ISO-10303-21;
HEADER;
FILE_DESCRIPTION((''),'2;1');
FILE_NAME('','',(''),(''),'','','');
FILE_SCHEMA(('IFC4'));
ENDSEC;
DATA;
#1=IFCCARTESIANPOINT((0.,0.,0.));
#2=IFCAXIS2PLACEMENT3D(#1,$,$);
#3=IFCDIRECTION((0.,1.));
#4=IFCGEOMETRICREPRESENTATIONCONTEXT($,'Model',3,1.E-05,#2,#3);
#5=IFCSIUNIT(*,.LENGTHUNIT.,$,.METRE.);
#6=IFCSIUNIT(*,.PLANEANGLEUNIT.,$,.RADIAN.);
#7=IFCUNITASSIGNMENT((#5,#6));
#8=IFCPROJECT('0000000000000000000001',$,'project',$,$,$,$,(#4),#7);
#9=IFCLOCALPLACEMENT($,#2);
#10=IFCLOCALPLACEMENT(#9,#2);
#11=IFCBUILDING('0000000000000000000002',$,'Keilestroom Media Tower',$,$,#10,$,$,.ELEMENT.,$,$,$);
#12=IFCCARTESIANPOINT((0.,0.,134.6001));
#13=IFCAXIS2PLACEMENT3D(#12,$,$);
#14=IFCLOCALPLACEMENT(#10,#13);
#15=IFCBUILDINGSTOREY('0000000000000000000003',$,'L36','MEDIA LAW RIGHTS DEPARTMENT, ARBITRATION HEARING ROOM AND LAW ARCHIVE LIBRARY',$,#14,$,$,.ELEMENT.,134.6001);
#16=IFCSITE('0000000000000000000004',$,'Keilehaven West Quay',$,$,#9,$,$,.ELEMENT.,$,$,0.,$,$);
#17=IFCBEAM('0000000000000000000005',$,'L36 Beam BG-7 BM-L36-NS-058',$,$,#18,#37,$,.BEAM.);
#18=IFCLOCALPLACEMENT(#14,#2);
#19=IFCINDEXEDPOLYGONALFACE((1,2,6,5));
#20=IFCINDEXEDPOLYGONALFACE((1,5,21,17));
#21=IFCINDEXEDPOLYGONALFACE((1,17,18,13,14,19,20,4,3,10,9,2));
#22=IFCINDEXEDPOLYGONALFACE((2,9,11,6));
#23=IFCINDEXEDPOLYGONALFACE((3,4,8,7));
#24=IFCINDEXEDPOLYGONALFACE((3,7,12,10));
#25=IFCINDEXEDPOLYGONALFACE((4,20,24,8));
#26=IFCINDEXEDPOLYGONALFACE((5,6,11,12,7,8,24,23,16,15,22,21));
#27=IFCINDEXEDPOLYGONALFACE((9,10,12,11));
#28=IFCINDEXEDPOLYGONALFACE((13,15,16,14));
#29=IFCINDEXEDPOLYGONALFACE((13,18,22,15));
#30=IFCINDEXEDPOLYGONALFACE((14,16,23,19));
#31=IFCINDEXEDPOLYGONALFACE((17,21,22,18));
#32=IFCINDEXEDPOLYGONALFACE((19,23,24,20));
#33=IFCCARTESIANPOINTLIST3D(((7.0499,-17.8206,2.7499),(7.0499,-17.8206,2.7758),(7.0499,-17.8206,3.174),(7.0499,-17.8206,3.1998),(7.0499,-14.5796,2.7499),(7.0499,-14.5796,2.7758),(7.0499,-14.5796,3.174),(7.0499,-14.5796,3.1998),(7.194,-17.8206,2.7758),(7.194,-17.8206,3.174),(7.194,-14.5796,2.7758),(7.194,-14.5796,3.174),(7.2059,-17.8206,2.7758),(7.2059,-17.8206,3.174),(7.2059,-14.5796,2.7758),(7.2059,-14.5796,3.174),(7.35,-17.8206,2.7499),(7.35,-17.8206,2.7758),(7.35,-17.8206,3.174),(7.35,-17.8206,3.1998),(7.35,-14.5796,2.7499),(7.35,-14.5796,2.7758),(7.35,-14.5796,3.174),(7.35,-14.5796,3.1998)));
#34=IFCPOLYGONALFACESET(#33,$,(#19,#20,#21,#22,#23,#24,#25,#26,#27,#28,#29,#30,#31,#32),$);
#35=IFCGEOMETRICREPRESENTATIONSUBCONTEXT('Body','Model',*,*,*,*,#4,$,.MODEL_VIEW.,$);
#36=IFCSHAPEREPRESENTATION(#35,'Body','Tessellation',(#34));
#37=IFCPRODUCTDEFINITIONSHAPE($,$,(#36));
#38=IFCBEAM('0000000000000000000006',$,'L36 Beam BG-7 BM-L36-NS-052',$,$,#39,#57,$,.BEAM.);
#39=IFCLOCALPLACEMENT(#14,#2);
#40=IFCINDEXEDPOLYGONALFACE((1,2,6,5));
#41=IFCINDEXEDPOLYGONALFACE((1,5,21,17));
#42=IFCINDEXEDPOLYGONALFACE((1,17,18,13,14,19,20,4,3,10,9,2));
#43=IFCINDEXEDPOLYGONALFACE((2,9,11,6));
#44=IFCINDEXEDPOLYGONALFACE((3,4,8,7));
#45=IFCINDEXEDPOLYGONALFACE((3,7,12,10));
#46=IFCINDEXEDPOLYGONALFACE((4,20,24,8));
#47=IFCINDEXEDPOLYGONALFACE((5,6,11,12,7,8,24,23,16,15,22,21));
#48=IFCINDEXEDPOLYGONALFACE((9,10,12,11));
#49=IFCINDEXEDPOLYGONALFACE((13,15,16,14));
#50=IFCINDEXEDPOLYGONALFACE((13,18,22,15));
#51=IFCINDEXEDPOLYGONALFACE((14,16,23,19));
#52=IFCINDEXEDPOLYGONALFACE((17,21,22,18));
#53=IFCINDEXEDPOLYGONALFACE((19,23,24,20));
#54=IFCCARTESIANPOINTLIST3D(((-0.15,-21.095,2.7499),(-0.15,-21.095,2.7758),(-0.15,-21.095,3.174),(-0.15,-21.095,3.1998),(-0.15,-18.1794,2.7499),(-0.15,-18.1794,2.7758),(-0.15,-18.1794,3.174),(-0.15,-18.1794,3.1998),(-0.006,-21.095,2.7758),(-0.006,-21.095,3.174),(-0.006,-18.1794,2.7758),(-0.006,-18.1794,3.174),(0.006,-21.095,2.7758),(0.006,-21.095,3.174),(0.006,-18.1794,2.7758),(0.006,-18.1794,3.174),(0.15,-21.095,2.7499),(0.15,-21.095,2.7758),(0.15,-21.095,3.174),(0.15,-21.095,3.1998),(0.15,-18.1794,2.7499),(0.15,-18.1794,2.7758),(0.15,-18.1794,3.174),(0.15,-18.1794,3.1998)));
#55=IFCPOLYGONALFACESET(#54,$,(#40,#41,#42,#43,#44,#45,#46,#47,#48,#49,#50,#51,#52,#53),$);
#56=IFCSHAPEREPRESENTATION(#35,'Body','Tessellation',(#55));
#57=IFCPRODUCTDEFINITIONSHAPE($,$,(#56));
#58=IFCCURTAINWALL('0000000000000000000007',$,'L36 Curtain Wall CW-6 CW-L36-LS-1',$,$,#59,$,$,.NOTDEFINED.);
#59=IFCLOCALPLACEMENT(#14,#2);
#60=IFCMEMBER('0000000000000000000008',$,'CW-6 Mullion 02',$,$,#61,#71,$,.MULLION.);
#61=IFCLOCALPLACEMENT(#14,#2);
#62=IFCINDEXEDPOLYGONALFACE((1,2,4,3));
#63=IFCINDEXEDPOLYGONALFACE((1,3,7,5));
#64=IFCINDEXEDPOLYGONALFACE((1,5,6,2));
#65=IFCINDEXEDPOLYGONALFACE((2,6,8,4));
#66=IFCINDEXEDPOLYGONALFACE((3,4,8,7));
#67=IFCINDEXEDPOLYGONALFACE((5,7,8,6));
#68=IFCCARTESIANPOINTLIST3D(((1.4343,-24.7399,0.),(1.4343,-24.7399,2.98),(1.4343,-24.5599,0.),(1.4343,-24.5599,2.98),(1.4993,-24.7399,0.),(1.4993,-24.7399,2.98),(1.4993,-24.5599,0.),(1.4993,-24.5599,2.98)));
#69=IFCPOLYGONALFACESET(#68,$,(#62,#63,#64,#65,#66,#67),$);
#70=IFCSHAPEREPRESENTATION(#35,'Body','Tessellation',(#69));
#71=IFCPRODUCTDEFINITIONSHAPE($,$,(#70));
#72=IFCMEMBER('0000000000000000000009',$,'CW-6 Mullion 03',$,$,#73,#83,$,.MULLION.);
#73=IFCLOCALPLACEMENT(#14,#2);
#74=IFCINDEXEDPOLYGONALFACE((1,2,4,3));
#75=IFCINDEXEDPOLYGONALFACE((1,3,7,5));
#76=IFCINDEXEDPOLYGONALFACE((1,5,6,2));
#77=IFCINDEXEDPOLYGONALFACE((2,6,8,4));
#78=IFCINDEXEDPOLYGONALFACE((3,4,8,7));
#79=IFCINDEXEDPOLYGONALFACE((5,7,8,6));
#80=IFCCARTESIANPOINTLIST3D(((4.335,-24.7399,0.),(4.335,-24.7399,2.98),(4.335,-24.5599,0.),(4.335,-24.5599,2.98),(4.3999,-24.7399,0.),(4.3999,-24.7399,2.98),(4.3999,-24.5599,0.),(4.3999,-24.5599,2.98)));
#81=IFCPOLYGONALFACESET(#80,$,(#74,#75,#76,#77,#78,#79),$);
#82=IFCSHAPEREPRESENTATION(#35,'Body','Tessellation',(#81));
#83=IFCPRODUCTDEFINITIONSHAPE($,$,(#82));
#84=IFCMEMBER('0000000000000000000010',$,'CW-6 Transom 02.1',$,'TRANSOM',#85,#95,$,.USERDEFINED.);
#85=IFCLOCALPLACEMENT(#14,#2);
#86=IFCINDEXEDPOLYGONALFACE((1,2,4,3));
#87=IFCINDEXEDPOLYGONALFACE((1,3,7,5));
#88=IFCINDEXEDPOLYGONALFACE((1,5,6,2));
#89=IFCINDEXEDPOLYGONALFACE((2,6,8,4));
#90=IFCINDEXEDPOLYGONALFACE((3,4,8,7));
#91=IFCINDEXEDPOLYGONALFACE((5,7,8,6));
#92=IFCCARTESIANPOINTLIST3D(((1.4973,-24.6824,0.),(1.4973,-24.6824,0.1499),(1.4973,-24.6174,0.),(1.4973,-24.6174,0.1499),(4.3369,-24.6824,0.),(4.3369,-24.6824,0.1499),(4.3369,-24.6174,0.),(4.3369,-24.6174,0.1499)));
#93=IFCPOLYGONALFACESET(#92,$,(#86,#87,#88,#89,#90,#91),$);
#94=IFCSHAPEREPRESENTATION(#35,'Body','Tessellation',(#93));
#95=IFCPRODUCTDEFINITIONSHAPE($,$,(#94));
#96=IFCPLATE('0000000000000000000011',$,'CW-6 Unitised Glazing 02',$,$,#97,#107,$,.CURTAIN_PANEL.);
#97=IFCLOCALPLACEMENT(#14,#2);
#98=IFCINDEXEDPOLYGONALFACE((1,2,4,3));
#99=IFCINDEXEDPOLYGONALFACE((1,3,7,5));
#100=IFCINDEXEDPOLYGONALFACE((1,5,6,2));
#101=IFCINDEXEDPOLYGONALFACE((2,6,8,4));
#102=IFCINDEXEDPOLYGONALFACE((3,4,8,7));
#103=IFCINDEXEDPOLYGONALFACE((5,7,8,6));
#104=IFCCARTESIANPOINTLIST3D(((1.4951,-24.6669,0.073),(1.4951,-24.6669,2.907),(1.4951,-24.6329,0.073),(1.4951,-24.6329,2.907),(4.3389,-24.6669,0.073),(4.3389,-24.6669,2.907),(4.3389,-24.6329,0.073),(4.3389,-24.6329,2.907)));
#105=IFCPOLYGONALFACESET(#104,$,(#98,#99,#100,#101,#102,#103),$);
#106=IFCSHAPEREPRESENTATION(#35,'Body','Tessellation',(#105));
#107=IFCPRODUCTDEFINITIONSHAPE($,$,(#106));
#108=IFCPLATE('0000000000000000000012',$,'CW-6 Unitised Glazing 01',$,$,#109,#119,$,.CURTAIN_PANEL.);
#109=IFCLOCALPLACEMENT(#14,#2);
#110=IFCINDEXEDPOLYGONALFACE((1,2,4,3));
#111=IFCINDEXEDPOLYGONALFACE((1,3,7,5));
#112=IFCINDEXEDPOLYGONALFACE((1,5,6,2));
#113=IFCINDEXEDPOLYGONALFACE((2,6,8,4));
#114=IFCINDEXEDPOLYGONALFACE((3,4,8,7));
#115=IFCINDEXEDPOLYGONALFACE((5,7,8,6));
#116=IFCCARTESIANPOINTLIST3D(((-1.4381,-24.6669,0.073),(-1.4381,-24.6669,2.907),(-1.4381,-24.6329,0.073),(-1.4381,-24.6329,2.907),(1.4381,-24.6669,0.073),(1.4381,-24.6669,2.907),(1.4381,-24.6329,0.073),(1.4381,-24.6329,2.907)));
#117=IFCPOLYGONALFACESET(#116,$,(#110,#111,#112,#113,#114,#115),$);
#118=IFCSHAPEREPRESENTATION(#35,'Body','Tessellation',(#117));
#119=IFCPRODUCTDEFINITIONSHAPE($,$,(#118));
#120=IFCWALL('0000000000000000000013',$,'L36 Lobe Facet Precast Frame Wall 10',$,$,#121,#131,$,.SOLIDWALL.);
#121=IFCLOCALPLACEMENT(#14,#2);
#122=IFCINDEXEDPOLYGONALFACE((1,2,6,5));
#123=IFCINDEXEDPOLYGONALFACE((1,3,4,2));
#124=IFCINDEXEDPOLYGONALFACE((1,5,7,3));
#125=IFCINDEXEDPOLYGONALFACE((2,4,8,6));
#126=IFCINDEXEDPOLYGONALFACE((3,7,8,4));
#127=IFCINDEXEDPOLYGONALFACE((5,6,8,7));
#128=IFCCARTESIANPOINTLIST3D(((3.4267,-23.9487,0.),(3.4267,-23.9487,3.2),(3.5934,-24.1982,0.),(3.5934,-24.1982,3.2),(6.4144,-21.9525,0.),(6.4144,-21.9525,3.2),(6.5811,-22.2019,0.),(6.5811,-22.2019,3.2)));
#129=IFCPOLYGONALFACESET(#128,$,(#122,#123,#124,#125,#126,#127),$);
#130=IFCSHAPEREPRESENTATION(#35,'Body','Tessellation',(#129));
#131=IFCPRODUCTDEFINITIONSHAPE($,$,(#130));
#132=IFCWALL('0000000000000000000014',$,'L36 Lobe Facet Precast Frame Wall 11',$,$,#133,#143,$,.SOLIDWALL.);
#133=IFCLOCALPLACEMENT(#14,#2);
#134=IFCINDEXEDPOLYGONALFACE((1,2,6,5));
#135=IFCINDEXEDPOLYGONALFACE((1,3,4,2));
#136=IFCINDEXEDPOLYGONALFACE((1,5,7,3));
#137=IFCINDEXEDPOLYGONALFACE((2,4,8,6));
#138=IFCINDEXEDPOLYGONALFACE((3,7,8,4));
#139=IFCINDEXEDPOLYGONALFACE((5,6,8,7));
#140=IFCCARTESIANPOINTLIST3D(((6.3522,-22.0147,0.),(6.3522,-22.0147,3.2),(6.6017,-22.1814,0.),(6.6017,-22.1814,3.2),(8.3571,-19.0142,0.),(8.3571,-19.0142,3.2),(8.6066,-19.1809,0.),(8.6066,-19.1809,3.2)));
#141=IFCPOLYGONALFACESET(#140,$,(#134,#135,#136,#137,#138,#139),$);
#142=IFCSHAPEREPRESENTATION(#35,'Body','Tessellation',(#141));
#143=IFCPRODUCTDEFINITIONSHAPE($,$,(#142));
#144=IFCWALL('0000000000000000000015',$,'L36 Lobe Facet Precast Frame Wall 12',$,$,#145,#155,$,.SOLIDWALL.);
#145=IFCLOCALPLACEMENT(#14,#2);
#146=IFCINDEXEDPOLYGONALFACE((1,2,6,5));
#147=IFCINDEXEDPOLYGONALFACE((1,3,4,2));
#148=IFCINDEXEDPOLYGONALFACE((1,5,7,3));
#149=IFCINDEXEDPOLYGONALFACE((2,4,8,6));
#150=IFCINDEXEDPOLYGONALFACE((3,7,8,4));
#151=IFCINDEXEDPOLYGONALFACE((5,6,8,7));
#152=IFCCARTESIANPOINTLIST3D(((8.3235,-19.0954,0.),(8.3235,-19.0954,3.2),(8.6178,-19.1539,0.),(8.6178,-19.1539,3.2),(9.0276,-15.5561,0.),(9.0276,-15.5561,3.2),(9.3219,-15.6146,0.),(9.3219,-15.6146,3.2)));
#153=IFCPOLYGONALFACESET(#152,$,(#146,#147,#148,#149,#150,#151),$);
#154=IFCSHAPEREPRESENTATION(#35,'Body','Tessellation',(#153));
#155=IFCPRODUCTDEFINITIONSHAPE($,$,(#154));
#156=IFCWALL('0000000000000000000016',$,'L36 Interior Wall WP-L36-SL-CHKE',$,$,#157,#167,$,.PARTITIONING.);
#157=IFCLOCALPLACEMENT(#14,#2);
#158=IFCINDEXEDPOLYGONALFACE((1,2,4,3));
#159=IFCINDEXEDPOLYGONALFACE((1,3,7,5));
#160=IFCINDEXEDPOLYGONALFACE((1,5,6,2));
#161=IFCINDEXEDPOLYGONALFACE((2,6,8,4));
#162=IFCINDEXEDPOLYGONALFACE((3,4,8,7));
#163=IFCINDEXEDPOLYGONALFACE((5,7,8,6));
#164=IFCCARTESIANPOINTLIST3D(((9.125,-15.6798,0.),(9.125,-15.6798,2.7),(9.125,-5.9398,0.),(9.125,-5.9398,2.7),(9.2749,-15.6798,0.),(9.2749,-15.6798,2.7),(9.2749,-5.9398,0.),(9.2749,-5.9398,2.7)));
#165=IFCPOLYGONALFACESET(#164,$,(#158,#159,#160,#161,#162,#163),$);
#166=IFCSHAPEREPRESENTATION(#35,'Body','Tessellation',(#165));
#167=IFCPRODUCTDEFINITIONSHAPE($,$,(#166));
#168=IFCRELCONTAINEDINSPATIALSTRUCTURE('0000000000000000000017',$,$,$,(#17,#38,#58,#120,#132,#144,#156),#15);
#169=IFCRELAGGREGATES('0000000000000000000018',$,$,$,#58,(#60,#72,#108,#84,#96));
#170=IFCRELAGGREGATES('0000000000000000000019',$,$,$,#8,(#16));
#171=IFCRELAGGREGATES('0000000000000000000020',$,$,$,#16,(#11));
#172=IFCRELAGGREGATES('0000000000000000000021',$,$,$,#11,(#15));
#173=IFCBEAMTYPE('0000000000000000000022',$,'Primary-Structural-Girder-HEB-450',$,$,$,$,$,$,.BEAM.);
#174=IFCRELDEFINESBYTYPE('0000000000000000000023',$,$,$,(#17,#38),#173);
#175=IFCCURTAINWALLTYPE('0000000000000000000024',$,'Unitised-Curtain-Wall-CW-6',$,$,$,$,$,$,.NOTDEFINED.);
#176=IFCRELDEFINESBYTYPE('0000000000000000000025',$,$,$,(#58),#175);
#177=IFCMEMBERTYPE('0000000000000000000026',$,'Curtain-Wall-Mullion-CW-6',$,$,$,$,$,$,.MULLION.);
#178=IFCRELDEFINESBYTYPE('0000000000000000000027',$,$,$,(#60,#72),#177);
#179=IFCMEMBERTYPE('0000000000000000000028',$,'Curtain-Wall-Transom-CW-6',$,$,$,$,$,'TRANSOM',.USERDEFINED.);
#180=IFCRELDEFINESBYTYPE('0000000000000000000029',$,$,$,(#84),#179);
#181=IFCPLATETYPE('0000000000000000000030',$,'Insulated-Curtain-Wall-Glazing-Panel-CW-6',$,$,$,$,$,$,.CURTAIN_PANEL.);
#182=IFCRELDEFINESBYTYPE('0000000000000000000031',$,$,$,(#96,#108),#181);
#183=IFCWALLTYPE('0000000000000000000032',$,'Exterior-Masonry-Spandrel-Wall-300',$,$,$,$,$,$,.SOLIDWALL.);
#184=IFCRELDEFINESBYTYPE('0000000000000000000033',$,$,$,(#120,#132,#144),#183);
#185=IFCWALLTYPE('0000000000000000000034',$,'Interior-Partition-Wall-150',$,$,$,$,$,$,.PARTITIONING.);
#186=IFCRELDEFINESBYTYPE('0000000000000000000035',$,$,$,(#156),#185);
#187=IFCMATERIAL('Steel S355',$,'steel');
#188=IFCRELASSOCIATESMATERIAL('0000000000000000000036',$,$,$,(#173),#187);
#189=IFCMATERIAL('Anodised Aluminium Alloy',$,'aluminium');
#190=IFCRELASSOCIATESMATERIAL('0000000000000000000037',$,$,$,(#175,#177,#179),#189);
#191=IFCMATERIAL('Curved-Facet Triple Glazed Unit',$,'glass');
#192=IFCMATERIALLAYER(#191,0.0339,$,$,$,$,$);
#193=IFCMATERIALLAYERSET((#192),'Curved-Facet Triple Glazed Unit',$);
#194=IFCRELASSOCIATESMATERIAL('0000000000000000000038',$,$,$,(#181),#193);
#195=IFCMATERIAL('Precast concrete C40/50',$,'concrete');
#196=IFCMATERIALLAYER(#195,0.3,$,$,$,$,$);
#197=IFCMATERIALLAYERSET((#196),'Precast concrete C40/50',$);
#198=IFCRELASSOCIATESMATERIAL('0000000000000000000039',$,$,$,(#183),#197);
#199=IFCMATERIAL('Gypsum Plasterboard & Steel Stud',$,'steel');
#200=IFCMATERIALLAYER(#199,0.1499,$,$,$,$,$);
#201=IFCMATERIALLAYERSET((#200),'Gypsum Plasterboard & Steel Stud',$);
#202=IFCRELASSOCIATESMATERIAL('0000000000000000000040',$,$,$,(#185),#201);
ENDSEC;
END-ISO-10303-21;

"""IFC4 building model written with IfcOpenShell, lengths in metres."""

from ifc_helpers import new_model, si_unit, direction, frame, frame_2d, origin, origin_2d, place, context, subcontext, project, spatial, rectangle, i_section, extrude, source, transform, mapped, material, layer, layer_set, material_profile, profile_set, type_object, element, aggregate, save


model = new_model("IFC4")

# Units and contexts
model_context = context("Model", 3, precision=1e-05, world=origin(), true_north=direction((0.0, 1.0)))
body_context = subcontext(model_context, "Body", "Model", "MODEL_VIEW")
ifc_project = project(units=[si_unit("LENGTHUNIT", "METRE"), si_unit("PLANEANGLEUNIT", "RADIAN")], contexts=[model_context])

# Site, building, storey
site_placement = place(None, origin())
site = spatial("IfcSite", under=ifc_project, at=site_placement, Name="Keilehaven West Quay", CompositionType="ELEMENT", RefElevation=0.0)
building_placement = place(site_placement, origin())
building = spatial("IfcBuilding", under=site, at=building_placement, Name="Keilestroom Media Tower", CompositionType="ELEMENT")
storey_placement = place(building_placement, frame((0.0, 0.0, 134.6001)))
storey = spatial("IfcBuildingStorey", under=building, at=storey_placement, Name="L36", Description="MEDIA LAW RIGHTS DEPARTMENT, ARBITRATION HEARING ROOM AND LAW ARCHIVE LIBRARY", CompositionType="ELEMENT", Elevation=134.6001)

# Shared definitions
ifc_material_1 = material(Name="Steel S355", Category="steel")

# Beams
ifc_material_profile_1 = material_profile(ifc_material_1, i_section(OverallWidth=0.3, OverallDepth=0.45, WebThickness=0.012, FlangeThickness=0.0259, at=origin_2d()), Name="HEB 450")
ifc_profile_set_1 = profile_set([ifc_material_profile_1], Name="Steel S355")
beam_type_1 = type_object("IfcBeamType", Name="Primary-Structural-Girder-HEB-450", PredefinedType="BEAM", material=ifc_profile_set_1)
shared_shape_1 = source(origin(), body_context, "Body", "SweptSolid", [
    extrude(i_section(OverallWidth=0.3, OverallDepth=0.45, WebThickness=0.012, FlangeThickness=0.0259, at=origin_2d()), origin(), (0.0, 0.0, 1.0), 3.241),
])
for number, where, z_axis, x_axis, name in (
    (1, (7.2, -17.8206, 2.9749), (0.0, 1.0, 0.0), (-1.0, 0.0, 0.0), "L36 Beam BG-7 BM-L36-NS-058"),
):
    element("IfcBeam", number, at=place(storey_placement, frame(where, z_axis=z_axis, x_axis=x_axis)), inside=storey, type_object=beam_type_1, Name=name, PredefinedType="BEAM", context=body_context, shape_type="MappedRepresentation", body=[
        mapped(shared_shape_1, transform((0.0, 0.0, 0.0), x_axis=(1.0, 0.0, 0.0), y_axis=(0.0, 1.0, 0.0), z_axis=(0.0, 0.0, 1.0), scale=1.0)),
    ])
shared_shape_2 = source(origin(), body_context, "Body", "SweptSolid", [
    extrude(i_section(OverallWidth=0.3, OverallDepth=0.45, WebThickness=0.012, FlangeThickness=0.0259, at=origin_2d()), origin(), (0.0, 0.0, 1.0), 2.9155),
])
beam_1_placement = place(storey_placement, frame((0.0, -21.095, 2.9749), z_axis=(0.0, 1.0, 0.0), x_axis=(-1.0, 0.0, 0.0)))
element("IfcBeam", 2, at=beam_1_placement, inside=storey, type_object=beam_type_1, Name="L36 Beam BG-7 BM-L36-NS-052", PredefinedType="BEAM", context=body_context, shape_type="MappedRepresentation", body=[
    mapped(shared_shape_2, transform((0.0, 0.0, 0.0), x_axis=(1.0, 0.0, 0.0), y_axis=(0.0, 1.0, 0.0), z_axis=(0.0, 0.0, 1.0), scale=1.0)),
])

# Curtain wall, members, plates
ifc_material_2 = material(Name="Anodised Aluminium Alloy", Category="aluminium")
curtain_wall_type = type_object("IfcCurtainWallType", Name="Unitised-Curtain-Wall-CW-6", PredefinedType="NOTDEFINED", material=ifc_material_2)
curtain_wall_placement = place(storey_placement, origin())
curtain_wall = element("IfcCurtainWall", 3, at=curtain_wall_placement, inside=storey, type_object=curtain_wall_type, Name="L36 Curtain Wall CW-6 CW-L36-LS-1", PredefinedType="NOTDEFINED")
ifc_material_profile_2 = material_profile(ifc_material_2, rectangle(XDim=0.0649, YDim=0.1799, at=origin_2d()), Name="ALU MULLION 65x180")
ifc_profile_set_2 = profile_set([ifc_material_profile_2], Name="Anodised Aluminium Alloy")
member_type_1 = type_object("IfcMemberType", Name="Curtain-Wall-Mullion-CW-6", PredefinedType="MULLION", material=ifc_profile_set_2)
shared_shape_3 = source(origin(), body_context, "Body", "SweptSolid", [
    extrude(rectangle(XDim=0.0649, YDim=0.1799, at=origin_2d()), origin(), (0.0, 0.0, 1.0), 2.98),
])
member_1_placement = place(storey_placement, frame((1.4668, -24.6499, 0.0), z_axis=(0.0, 0.0, 1.0), x_axis=(1.0, 0.0, 0.0)))
member_1 = element("IfcMember", 4, at=member_1_placement, type_object=member_type_1, Name="CW-6 Mullion 02", PredefinedType="MULLION", context=body_context, shape_type="MappedRepresentation", body=[
    mapped(shared_shape_3, transform((0.0, 0.0, 0.0), x_axis=(1.0, 0.0, 0.0), y_axis=(0.0, 1.0, 0.0), z_axis=(0.0, 0.0, 1.0), scale=1.0)),
])
member_2_placement = place(storey_placement, frame((4.3674, -24.6499, 0.0), z_axis=(0.0, 0.0, 1.0), x_axis=(1.0, 0.0, 0.0)))
member_2 = element("IfcMember", 5, at=member_2_placement, type_object=member_type_1, Name="CW-6 Mullion 03", PredefinedType="MULLION", context=body_context, shape_type="MappedRepresentation", body=[
    mapped(shared_shape_3, transform((0.0, 0.0, 0.0), x_axis=(1.0, 0.0, 0.0), y_axis=(0.0, 1.0, 0.0), z_axis=(0.0, 0.0, 1.0), scale=1.0)),
])
ifc_material_profile_3 = material_profile(ifc_material_2, rectangle(XDim=0.0649, YDim=0.1499, at=origin_2d()), Name="ALU TRANSOM 65x150")
ifc_profile_set_3 = profile_set([ifc_material_profile_3], Name="Anodised Aluminium Alloy")
member_type_2 = type_object("IfcMemberType", Name="Curtain-Wall-Transom-CW-6", ElementType="TRANSOM", PredefinedType="USERDEFINED", material=ifc_profile_set_3)
shared_shape_4 = source(origin(), body_context, "Body", "SweptSolid", [
    extrude(rectangle(XDim=0.0649, YDim=0.1499, at=origin_2d()), origin(), (0.0, 0.0, 1.0), 2.8396),
])
member_3_placement = place(storey_placement, frame((1.4973, -24.6499, 0.075), z_axis=(1.0, 0.0, 0.0), x_axis=(0.0, 1.0, 0.0)))
member_3 = element("IfcMember", 6, at=member_3_placement, type_object=member_type_2, Name="CW-6 Transom 02.1", ObjectType="TRANSOM", PredefinedType="USERDEFINED", context=body_context, shape_type="MappedRepresentation", body=[
    mapped(shared_shape_4, transform((0.0, 0.0, 0.0), x_axis=(1.0, 0.0, 0.0), y_axis=(0.0, 1.0, 0.0), z_axis=(0.0, 0.0, 1.0), scale=1.0)),
])
ifc_material_3 = material(Name="Curved-Facet Triple Glazed Unit", Category="glass")
ifc_layer_1 = layer(ifc_material_3, 0.0339)
ifc_layer_set_1 = layer_set([ifc_layer_1], Name="Curved-Facet Triple Glazed Unit")
plate_type = type_object("IfcPlateType", Name="Insulated-Curtain-Wall-Glazing-Panel-CW-6", PredefinedType="CURTAIN_PANEL", material=ifc_layer_set_1)
shared_shape_5 = source(origin(), body_context, "Body", "SweptSolid", [
    extrude(rectangle(XDim=2.8438, YDim=0.0339, at=origin_2d()), origin(), (0.0, 0.0, 1.0), 2.834),
])
plate_1_placement = place(storey_placement, frame((2.917, -24.6499, 0.073), z_axis=(0.0, 0.0, 1.0), x_axis=(1.0, 0.0, 0.0)))
plate_1 = element("IfcPlate", 7, at=plate_1_placement, type_object=plate_type, Name="CW-6 Unitised Glazing 02", PredefinedType="CURTAIN_PANEL", context=body_context, shape_type="MappedRepresentation", body=[
    mapped(shared_shape_5, transform((0.0, 0.0, 0.0), x_axis=(1.0, 0.0, 0.0), y_axis=(0.0, 1.0, 0.0), z_axis=(0.0, 0.0, 1.0), scale=1.0)),
])
shared_shape_6 = source(origin(), body_context, "Body", "SweptSolid", [
    extrude(rectangle(XDim=2.8762, YDim=0.0339, at=origin_2d()), origin(), (0.0, 0.0, 1.0), 2.834),
])
plate_2_placement = place(storey_placement, frame((0.0, -24.6499, 0.073), z_axis=(0.0, 0.0, 1.0), x_axis=(1.0, 0.0, 0.0)))
plate_2 = element("IfcPlate", 8, at=plate_2_placement, type_object=plate_type, Name="CW-6 Unitised Glazing 01", PredefinedType="CURTAIN_PANEL", context=body_context, shape_type="MappedRepresentation", body=[
    mapped(shared_shape_6, transform((0.0, 0.0, 0.0), x_axis=(1.0, 0.0, 0.0), y_axis=(0.0, 1.0, 0.0), z_axis=(0.0, 0.0, 1.0), scale=1.0)),
])
aggregate(curtain_wall, [member_1, member_2, plate_2, member_3, plate_1])

# Walls
ifc_material_4 = material(Name="Precast concrete C40/50", Category="concrete")
ifc_layer_2 = layer(ifc_material_4, 0.3)
ifc_layer_set_2 = layer_set([ifc_layer_2], Name="Precast concrete C40/50")
wall_type_1 = type_object("IfcWallType", Name="Exterior-Masonry-Spandrel-Wall-300", PredefinedType="SOLIDWALL", material=ifc_layer_set_2)
wall_1_placement = place(storey_placement, frame((3.51, -24.0735, 0.0), z_axis=(0.0, 0.0, 1.0), x_axis=(0.831475, 0.555562, 0.0)))
element("IfcWall", 9, at=wall_1_placement, inside=storey, type_object=wall_type_1, Name="L36 Lobe Facet Precast Frame Wall 10", PredefinedType="SOLIDWALL", context=body_context, shape_type="SweptSolid", body=[
    extrude(rectangle(XDim=3.5933, YDim=0.3, at=frame_2d((1.7966, 0.0))), origin(), (0.0, 0.0, 1.0), 3.2),
])
for number, where, z_axis, x_axis, name in (
    (10, (6.4771, -22.0979, 0.0), (0.0, 0.0, 1.0), (0.555574, 0.831467, 0.0), "L36 Lobe Facet Precast Frame Wall 11"),
    (11, (8.4707, -19.1245, 0.0), (0.0, 0.0, 1.0), (0.195114, 0.980781, 0.0), "L36 Lobe Facet Precast Frame Wall 12"),
):
    element("IfcWall", number, at=place(storey_placement, frame(where, z_axis=z_axis, x_axis=x_axis)), inside=storey, type_object=wall_type_1, Name=name, PredefinedType="SOLIDWALL", context=body_context, shape_type="SweptSolid", body=[
        extrude(rectangle(XDim=3.6086, YDim=0.3, at=frame_2d((1.8042, 0.0))), origin(), (0.0, 0.0, 1.0), 3.2),
    ])
ifc_material_5 = material(Name="Gypsum Plasterboard & Steel Stud", Category="steel")
ifc_layer_3 = layer(ifc_material_5, 0.1499)
ifc_layer_set_3 = layer_set([ifc_layer_3], Name="Gypsum Plasterboard & Steel Stud")
wall_type_2 = type_object("IfcWallType", Name="Interior-Partition-Wall-150", PredefinedType="PARTITIONING", material=ifc_layer_set_3)
wall_2_placement = place(storey_placement, frame((9.2, -15.6799, 0.0), z_axis=(0.0, 0.0, 1.0), x_axis=(0.0, 1.0, 0.0)))
element("IfcWall", 12, at=wall_2_placement, inside=storey, type_object=wall_type_2, Name="L36 Interior Wall WP-L36-SL-CHKE", PredefinedType="PARTITIONING", context=body_context, shape_type="SweptSolid", body=[
    extrude(rectangle(XDim=9.74, YDim=0.1499, at=frame_2d((4.8701, 0.0))), origin(), (0.0, 0.0, 1.0), 2.7),
])

save(model, "model.ifc")
